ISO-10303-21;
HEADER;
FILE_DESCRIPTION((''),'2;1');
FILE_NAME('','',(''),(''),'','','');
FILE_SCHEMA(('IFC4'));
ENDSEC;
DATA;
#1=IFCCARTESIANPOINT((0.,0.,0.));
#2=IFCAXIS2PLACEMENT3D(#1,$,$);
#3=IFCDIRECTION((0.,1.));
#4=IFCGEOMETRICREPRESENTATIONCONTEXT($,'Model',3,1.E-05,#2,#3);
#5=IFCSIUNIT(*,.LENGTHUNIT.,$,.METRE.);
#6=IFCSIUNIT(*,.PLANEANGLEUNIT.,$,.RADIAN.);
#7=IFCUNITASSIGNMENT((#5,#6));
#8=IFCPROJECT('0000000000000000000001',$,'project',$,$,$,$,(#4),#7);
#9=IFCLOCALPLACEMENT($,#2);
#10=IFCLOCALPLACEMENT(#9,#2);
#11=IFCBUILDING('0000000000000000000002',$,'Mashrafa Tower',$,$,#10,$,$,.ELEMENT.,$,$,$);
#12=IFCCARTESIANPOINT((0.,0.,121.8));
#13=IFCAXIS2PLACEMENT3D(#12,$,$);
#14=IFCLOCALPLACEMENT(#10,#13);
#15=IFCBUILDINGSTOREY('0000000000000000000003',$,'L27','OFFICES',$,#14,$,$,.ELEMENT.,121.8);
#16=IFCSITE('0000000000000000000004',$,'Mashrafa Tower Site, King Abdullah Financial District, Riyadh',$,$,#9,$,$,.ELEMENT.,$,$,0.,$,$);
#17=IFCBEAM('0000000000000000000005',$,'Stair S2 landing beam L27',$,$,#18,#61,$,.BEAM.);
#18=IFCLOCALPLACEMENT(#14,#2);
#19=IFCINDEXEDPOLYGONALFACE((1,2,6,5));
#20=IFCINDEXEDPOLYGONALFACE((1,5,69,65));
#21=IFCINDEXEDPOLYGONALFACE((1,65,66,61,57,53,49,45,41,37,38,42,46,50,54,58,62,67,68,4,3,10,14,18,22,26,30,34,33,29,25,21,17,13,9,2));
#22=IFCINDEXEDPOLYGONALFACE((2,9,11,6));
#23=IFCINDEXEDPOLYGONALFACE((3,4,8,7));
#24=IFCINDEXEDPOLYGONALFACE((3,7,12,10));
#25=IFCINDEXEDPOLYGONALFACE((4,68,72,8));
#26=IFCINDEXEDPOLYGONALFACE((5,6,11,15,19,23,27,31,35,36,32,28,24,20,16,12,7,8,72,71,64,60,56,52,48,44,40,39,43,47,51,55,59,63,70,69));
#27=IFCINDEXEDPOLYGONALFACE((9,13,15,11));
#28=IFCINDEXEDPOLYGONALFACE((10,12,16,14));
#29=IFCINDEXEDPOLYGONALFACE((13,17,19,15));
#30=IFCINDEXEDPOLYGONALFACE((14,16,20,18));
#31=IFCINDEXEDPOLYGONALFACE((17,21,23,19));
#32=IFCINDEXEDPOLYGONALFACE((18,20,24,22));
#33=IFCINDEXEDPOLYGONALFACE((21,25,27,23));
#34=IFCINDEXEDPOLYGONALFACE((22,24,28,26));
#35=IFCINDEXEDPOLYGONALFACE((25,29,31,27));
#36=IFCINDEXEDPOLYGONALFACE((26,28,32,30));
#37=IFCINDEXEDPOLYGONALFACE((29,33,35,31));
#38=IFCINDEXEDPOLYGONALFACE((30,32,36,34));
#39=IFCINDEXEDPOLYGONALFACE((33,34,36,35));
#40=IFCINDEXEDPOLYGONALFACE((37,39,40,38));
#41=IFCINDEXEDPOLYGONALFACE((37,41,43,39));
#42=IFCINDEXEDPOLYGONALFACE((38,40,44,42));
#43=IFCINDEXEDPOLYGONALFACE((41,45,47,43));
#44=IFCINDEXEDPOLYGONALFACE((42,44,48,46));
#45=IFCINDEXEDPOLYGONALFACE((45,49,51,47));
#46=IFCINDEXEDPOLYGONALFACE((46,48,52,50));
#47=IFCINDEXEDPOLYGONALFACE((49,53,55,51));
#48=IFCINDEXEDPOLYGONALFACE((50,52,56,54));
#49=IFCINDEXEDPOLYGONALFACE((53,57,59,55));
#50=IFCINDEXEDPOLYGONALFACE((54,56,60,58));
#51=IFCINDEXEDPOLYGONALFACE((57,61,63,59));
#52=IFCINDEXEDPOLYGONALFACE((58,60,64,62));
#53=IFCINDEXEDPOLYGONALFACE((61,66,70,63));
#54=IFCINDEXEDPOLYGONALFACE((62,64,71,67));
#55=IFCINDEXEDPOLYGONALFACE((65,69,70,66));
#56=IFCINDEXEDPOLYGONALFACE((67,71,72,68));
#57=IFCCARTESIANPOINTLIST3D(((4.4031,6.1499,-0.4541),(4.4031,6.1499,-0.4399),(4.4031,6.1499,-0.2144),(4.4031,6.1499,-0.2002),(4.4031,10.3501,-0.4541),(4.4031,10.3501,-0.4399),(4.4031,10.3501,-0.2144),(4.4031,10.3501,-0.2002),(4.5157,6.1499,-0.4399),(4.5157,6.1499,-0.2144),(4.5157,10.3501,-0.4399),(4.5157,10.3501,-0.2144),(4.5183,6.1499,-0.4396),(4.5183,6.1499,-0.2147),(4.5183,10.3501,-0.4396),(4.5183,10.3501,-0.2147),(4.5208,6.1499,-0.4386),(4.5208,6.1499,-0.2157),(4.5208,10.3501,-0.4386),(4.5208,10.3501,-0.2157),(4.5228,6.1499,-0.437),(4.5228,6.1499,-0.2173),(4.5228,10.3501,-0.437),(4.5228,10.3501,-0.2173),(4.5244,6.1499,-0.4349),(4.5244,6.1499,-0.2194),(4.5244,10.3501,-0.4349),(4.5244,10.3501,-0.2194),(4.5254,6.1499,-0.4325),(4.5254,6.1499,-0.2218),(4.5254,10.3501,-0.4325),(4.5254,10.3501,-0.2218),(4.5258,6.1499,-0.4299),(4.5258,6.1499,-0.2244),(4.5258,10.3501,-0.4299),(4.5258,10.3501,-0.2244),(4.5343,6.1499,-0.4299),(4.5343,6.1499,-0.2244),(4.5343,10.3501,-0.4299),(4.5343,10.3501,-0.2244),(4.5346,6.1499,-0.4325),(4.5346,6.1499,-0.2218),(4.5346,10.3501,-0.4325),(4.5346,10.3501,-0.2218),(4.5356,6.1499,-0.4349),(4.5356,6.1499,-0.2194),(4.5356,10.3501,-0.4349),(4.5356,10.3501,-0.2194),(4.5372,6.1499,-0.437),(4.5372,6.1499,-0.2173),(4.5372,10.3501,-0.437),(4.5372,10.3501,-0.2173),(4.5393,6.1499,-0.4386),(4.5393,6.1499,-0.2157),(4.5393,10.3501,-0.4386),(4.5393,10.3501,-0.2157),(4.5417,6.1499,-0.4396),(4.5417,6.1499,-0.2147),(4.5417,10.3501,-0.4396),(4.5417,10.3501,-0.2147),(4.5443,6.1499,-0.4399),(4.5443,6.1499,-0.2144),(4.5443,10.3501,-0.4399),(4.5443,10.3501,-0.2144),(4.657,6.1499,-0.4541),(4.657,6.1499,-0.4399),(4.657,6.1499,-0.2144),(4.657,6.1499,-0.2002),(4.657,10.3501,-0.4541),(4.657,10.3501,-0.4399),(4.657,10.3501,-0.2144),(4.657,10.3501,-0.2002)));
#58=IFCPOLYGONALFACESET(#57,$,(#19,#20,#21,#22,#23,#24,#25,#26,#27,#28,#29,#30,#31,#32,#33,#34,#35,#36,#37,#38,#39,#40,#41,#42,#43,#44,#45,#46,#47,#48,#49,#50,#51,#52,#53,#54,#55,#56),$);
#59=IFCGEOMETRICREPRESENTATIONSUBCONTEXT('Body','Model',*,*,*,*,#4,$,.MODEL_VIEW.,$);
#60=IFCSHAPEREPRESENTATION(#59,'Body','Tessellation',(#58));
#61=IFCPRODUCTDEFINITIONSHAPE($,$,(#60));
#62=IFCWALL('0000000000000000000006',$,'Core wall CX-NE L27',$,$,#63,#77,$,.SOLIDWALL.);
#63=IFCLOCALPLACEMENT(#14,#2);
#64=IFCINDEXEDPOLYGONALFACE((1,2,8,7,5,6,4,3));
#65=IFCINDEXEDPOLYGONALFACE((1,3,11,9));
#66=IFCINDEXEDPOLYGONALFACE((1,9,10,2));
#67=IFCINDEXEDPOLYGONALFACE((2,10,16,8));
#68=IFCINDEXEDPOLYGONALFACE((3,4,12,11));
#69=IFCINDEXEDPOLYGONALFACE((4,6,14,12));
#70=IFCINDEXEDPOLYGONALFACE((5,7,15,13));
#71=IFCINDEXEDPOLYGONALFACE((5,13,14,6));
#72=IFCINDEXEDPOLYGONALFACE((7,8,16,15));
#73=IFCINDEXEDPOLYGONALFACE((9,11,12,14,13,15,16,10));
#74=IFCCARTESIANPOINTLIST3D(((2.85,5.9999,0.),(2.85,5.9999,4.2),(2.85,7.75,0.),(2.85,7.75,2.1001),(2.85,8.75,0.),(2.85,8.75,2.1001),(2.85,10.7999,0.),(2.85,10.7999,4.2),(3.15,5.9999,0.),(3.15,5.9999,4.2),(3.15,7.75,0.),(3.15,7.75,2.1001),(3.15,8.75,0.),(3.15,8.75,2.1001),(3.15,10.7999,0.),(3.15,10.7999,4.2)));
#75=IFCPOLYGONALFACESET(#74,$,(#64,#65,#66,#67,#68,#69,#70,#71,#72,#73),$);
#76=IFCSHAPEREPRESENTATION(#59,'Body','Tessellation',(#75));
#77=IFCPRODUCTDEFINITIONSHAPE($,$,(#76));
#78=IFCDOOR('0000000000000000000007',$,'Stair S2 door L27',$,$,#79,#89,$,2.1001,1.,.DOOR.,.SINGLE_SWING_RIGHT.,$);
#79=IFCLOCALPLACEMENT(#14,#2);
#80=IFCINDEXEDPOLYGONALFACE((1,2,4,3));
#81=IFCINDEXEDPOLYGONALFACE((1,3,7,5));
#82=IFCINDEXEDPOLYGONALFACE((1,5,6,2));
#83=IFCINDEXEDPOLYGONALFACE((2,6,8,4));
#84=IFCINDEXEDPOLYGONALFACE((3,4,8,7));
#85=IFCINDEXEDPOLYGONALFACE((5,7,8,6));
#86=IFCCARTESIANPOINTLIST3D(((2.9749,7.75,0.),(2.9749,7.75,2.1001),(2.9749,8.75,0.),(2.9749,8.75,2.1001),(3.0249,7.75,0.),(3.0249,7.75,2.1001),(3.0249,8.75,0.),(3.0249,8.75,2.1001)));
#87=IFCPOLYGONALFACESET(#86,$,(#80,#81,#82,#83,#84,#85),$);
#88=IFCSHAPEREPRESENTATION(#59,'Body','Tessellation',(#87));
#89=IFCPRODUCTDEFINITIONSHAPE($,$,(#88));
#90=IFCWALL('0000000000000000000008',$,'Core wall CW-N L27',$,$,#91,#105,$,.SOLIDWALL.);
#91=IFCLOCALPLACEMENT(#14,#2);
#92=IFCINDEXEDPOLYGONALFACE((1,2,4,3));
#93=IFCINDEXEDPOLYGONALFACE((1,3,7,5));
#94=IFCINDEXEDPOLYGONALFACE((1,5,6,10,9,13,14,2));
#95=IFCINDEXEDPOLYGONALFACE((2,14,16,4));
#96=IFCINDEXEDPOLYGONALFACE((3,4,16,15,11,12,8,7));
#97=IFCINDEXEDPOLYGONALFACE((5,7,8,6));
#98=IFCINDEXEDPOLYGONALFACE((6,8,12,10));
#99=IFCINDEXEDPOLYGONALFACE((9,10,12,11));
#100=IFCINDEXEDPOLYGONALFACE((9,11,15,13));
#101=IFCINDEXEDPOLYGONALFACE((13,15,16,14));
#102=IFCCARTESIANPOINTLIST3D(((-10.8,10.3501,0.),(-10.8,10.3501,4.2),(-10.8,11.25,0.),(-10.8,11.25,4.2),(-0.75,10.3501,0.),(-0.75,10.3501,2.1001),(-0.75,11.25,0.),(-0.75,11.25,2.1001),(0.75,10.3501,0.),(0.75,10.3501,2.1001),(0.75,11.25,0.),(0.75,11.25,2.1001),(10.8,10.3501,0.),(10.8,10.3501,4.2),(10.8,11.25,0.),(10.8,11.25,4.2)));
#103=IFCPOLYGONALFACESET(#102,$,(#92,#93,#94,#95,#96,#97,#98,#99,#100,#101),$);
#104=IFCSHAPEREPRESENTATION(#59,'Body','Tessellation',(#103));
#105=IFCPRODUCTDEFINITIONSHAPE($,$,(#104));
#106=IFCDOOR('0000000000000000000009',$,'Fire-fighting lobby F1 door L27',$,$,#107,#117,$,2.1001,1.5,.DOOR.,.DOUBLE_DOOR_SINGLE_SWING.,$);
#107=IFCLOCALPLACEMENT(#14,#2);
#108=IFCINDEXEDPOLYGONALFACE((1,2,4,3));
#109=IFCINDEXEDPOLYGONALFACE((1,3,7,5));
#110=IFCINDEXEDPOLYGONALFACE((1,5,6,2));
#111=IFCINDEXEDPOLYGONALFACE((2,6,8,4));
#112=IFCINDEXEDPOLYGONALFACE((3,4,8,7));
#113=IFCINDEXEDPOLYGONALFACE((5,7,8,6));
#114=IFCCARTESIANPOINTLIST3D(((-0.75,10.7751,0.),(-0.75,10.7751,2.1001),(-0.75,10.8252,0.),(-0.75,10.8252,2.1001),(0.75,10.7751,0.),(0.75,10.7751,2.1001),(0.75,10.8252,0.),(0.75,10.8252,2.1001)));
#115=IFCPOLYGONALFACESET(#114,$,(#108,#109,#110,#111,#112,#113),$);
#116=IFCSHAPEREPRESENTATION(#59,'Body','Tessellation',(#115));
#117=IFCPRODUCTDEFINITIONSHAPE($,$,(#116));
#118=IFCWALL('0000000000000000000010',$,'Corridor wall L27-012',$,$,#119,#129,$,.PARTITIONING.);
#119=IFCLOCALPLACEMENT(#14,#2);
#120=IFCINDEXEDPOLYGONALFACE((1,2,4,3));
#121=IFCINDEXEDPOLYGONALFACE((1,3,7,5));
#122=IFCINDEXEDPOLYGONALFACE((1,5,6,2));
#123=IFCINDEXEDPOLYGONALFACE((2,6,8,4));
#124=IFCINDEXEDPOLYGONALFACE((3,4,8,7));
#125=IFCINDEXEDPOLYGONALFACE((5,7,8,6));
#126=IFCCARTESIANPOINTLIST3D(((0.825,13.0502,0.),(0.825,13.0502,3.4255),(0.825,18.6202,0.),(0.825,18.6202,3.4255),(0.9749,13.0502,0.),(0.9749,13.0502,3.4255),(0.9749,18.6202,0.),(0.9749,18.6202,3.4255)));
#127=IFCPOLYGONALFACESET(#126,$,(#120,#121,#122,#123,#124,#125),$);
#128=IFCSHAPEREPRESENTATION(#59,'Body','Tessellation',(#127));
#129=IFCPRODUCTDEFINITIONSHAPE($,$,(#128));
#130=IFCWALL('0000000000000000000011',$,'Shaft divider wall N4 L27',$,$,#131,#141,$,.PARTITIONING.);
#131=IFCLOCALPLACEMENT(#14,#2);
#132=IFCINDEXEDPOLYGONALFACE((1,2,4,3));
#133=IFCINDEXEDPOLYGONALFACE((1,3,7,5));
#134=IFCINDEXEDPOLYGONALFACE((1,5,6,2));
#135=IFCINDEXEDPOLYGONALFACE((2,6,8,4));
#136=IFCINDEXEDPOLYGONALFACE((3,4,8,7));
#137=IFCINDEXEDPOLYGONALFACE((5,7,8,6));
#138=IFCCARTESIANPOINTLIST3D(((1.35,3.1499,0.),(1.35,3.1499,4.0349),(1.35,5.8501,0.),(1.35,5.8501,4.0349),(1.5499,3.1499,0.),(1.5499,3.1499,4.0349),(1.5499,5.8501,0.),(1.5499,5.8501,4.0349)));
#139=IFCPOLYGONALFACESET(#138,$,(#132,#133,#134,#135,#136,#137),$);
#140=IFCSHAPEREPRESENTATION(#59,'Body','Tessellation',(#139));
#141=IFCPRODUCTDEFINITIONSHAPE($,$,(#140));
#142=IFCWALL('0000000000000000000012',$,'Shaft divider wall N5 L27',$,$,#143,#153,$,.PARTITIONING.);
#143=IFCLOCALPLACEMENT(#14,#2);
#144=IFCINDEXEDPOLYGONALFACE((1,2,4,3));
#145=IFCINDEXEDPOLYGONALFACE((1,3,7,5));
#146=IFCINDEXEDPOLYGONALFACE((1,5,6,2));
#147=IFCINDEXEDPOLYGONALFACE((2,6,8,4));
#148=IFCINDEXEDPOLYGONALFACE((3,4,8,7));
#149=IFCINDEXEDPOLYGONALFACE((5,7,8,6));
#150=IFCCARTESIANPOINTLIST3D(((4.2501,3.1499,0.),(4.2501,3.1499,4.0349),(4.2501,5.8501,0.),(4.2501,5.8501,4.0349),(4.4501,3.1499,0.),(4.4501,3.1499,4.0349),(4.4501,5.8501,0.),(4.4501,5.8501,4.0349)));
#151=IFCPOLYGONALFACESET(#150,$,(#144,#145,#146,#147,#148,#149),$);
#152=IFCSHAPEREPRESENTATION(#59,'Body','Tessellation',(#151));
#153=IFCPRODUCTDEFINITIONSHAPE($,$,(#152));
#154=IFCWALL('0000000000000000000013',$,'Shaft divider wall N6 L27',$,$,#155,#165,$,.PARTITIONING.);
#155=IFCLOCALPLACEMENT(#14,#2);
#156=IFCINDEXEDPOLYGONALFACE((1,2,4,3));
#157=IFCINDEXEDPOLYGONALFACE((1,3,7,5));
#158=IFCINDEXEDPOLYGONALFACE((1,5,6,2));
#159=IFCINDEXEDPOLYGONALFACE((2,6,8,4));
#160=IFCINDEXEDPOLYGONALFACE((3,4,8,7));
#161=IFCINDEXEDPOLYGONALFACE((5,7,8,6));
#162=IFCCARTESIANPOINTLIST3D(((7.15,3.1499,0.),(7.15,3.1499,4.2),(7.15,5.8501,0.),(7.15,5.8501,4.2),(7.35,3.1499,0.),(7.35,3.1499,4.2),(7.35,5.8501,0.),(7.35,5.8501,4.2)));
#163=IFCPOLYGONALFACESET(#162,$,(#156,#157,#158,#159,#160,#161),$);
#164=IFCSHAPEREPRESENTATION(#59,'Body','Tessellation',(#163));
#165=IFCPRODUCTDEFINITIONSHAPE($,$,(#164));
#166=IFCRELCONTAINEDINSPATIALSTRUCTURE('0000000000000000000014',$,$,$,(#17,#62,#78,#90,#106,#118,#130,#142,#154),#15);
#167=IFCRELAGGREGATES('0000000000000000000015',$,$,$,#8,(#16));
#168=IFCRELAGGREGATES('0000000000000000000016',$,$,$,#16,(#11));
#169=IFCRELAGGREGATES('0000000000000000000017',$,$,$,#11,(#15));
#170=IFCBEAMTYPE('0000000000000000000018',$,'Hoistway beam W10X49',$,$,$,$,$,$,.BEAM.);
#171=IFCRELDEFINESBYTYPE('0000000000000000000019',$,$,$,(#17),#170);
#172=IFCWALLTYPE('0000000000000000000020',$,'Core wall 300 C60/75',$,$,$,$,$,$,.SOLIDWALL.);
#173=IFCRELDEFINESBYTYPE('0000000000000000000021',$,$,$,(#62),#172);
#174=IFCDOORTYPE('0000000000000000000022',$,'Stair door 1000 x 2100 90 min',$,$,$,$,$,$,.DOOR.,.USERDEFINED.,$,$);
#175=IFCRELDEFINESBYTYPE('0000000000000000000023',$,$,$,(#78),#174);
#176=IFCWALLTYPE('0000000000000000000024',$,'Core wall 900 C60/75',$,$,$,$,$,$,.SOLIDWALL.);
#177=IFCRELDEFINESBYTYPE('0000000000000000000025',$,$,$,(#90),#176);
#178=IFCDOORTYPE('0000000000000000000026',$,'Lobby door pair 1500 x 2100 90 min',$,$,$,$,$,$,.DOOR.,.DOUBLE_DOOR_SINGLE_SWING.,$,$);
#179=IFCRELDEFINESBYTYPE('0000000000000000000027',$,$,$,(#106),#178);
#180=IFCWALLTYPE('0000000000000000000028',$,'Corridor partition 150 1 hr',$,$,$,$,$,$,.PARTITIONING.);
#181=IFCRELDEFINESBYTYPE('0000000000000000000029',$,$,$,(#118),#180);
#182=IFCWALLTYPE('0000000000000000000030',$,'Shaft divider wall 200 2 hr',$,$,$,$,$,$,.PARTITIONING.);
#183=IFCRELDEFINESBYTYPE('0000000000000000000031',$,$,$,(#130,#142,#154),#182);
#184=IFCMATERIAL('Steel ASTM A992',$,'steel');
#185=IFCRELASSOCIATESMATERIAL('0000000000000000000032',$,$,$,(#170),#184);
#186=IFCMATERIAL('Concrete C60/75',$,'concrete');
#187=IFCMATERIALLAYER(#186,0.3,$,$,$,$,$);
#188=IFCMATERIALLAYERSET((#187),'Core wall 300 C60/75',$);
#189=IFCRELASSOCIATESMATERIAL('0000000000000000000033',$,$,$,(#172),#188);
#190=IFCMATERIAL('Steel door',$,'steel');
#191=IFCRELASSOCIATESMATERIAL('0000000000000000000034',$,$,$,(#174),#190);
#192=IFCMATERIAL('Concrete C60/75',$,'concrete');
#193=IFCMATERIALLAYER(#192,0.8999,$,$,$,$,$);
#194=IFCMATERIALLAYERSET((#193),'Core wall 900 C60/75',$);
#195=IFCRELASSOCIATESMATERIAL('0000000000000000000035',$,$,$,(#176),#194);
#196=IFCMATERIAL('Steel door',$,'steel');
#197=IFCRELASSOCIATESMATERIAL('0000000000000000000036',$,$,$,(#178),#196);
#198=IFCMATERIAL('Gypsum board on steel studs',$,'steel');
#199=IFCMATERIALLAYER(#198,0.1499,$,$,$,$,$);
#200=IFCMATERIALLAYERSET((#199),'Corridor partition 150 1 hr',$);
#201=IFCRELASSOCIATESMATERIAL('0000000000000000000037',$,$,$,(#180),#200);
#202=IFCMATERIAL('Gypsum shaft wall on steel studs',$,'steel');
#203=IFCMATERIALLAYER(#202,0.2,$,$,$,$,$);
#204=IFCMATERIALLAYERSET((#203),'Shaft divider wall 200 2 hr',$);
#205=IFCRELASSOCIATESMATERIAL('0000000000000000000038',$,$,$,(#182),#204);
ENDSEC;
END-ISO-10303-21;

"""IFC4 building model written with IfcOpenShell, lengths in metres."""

from ifc_helpers import new_model, si_unit, direction, frame, frame_2d, origin, origin_2d, place, context, subcontext, project, spatial, rectangle, i_section, extrude, material, layer, layer_set, material_profile, profile_set, type_object, element, fill, save


model = new_model("IFC4")

# Units and contexts
model_context = context("Model", 3, precision=1e-05, world=origin(), true_north=direction((0.0, 1.0)))
body_context = subcontext(model_context, "Body", "Model", "MODEL_VIEW")
ifc_project = project(units=[si_unit("LENGTHUNIT", "METRE"), si_unit("PLANEANGLEUNIT", "RADIAN")], contexts=[model_context])

# Site, building, storey
site_placement = place(None, origin())
site = spatial("IfcSite", under=ifc_project, at=site_placement, Name="Mashrafa Tower Site, King Abdullah Financial District, Riyadh", CompositionType="ELEMENT", RefElevation=0.0)
building_placement = place(site_placement, origin())
building = spatial("IfcBuilding", under=site, at=building_placement, Name="Mashrafa Tower", CompositionType="ELEMENT")
storey_placement = place(building_placement, frame((0.0, 0.0, 121.8)))
storey = spatial("IfcBuildingStorey", under=building, at=storey_placement, Name="L27", Description="OFFICES", CompositionType="ELEMENT", Elevation=121.8)

# Beam
ifc_material_1 = material(Name="Steel ASTM A992", Category="steel")
ifc_material_profile_1 = material_profile(ifc_material_1, i_section(OverallWidth=0.2539, OverallDepth=0.2539, WebThickness=0.0085, FlangeThickness=0.0142, FilletRadius=0.01, at=origin_2d()), Name="W10X49")
ifc_profile_set_1 = profile_set([ifc_material_profile_1], Name="Steel ASTM A992")
beam_type_1 = type_object("IfcBeamType", Name="Hoistway beam W10X49", PredefinedType="BEAM", material=ifc_profile_set_1)
beam_1_placement = place(storey_placement, frame((4.53, 6.1499, -0.3271), z_axis=(0.0, 1.0, 0.0), x_axis=(-1.0, 0.0, 0.0)))
element("IfcBeam", 1, at=beam_1_placement, inside=storey, type_object=beam_type_1, Name="Stair S2 landing beam L27", PredefinedType="BEAM", context=body_context, shape_type="SweptSolid", body=[
    extrude(i_section(OverallWidth=0.2539, OverallDepth=0.2539, WebThickness=0.0085, FlangeThickness=0.0142, FilletRadius=0.01, at=origin_2d()), origin(), (0.0, 0.0, 1.0), 4.2002),
])

# Walls, openings, doors
ifc_material_2 = material(Name="Concrete C60/75", Category="concrete")
ifc_layer_1 = layer(ifc_material_2, 0.3)
ifc_layer_set_1 = layer_set([ifc_layer_1], Name="Core wall 300 C60/75")
wall_type_1 = type_object("IfcWallType", Name="Core wall 300 C60/75", PredefinedType="SOLIDWALL", material=ifc_layer_set_1)
wall_1_placement = place(storey_placement, frame((3.0, 6.0, 0.0), z_axis=(0.0, 0.0, 1.0), x_axis=(0.0, 1.0, 0.0)))
wall_1 = element("IfcWall", 2, at=wall_1_placement, inside=storey, type_object=wall_type_1, Name="Core wall CX-NE L27", PredefinedType="SOLIDWALL", context=body_context, shape_type="SweptSolid", body=[
    extrude(rectangle(XDim=4.8, YDim=0.3, at=frame_2d((2.3999, 0.0))), origin(), (0.0, 0.0, 1.0), 4.2),
])
opening_1_placement = place(wall_1_placement, frame((1.75, 0.0, 0.0)))
opening_1 = element("IfcOpeningElement", 3, at=opening_1_placement, cuts=wall_1, PredefinedType="OPENING", context=body_context, shape_type="SweptSolid", body=[
    extrude(rectangle(XDim=1.0, YDim=2.1001, at=frame_2d((0.5, 1.05))), frame((0.0, 0.1599, 0.0), z_axis=(0.0, -1.0, 0.0), x_axis=(1.0, 0.0, 0.0)), (0.0, 0.0, 1.0), 0.3201),
])
ifc_material_3 = material(Name="Steel door", Category="steel")
door_type_1 = type_object("IfcDoorType", Name="Stair door 1000 x 2100 90 min", OperationType="USERDEFINED", PredefinedType="DOOR", material=ifc_material_3)
door_1_placement = place(opening_1_placement, frame((1.0, 0.0, 0.0), z_axis=(0.0, 0.0, 1.0), x_axis=(-1.0, 0.0, 0.0)))
door_1 = element("IfcDoor", 4, at=door_1_placement, inside=storey, type_object=door_type_1, Name="Stair S2 door L27", OperationType="SINGLE_SWING_RIGHT", OverallHeight=2.1001, OverallWidth=1.0, PredefinedType="DOOR", context=body_context, shape_type="SweptSolid", body=[
    extrude(rectangle(XDim=1.0, YDim=2.1001, at=frame_2d((0.5, 1.05))), frame((0.0, 0.0249, 0.0), z_axis=(0.0, -1.0, 0.0), x_axis=(1.0, 0.0, 0.0)), (0.0, 0.0, 1.0), 0.05),
])
fill(opening_1, door_1)
ifc_material_4 = material(Name="Concrete C60/75", Category="concrete")
ifc_layer_2 = layer(ifc_material_4, 0.8999)
ifc_layer_set_2 = layer_set([ifc_layer_2], Name="Core wall 900 C60/75")
wall_type_2 = type_object("IfcWallType", Name="Core wall 900 C60/75", PredefinedType="SOLIDWALL", material=ifc_layer_set_2)
wall_2_placement = place(storey_placement, frame((10.8, 10.8, 0.0), z_axis=(0.0, 0.0, 1.0), x_axis=(-1.0, 0.0, 0.0)))
wall_2 = element("IfcWall", 5, at=wall_2_placement, inside=storey, type_object=wall_type_2, Name="Core wall CW-N L27", PredefinedType="SOLIDWALL", context=body_context, shape_type="SweptSolid", body=[
    extrude(rectangle(XDim=21.6001, YDim=0.8999, at=frame_2d((10.8, 0.0))), origin(), (0.0, 0.0, 1.0), 4.2),
])
opening_2_placement = place(wall_2_placement, frame((10.05, 0.0, 0.0)))
opening_2 = element("IfcOpeningElement", 6, at=opening_2_placement, cuts=wall_2, PredefinedType="OPENING", context=body_context, shape_type="SweptSolid", body=[
    extrude(rectangle(XDim=1.5, YDim=2.1001, at=frame_2d((0.75, 1.05))), frame((0.0, 0.46, 0.0), z_axis=(0.0, -1.0, 0.0), x_axis=(1.0, 0.0, 0.0)), (0.0, 0.0, 1.0), 0.9199),
])
ifc_material_5 = material(Name="Steel door", Category="steel")
door_type_2 = type_object("IfcDoorType", Name="Lobby door pair 1500 x 2100 90 min", OperationType="DOUBLE_DOOR_SINGLE_SWING", PredefinedType="DOOR", material=ifc_material_5)
door_2_placement = place(opening_2_placement, origin())
door_2 = element("IfcDoor", 7, at=door_2_placement, inside=storey, type_object=door_type_2, Name="Fire-fighting lobby F1 door L27", OperationType="DOUBLE_DOOR_SINGLE_SWING", OverallHeight=2.1001, OverallWidth=1.5, PredefinedType="DOOR", context=body_context, shape_type="SweptSolid", body=[
    extrude(rectangle(XDim=1.5, YDim=2.1001, at=frame_2d((0.75, 1.05))), frame((0.0, 0.0249, 0.0), z_axis=(0.0, -1.0, 0.0), x_axis=(1.0, 0.0, 0.0)), (0.0, 0.0, 1.0), 0.05),
])
fill(opening_2, door_2)

# Walls
ifc_material_6 = material(Name="Gypsum board on steel studs", Category="steel")
ifc_layer_3 = layer(ifc_material_6, 0.1499)
ifc_layer_set_3 = layer_set([ifc_layer_3], Name="Corridor partition 150 1 hr")
wall_type_3 = type_object("IfcWallType", Name="Corridor partition 150 1 hr", PredefinedType="PARTITIONING", material=ifc_layer_set_3)
wall_3_placement = place(storey_placement, frame((0.8999, 13.05, 0.0), z_axis=(0.0, 0.0, 1.0), x_axis=(0.0, 1.0, 0.0)))
element("IfcWall", 8, at=wall_3_placement, inside=storey, type_object=wall_type_3, Name="Corridor wall L27-012", PredefinedType="PARTITIONING", context=body_context, shape_type="SweptSolid", body=[
    extrude(rectangle(XDim=5.5701, YDim=0.1499, at=frame_2d((2.7852, 0.0))), origin(), (0.0, 0.0, 1.0), 3.4255),
])
ifc_material_7 = material(Name="Gypsum shaft wall on steel studs", Category="steel")
ifc_layer_4 = layer(ifc_material_7, 0.2)
ifc_layer_set_4 = layer_set([ifc_layer_4], Name="Shaft divider wall 200 2 hr")
wall_type_4 = type_object("IfcWallType", Name="Shaft divider wall 200 2 hr", PredefinedType="PARTITIONING", material=ifc_layer_set_4)
for number, where, z_axis, x_axis, name in (
    (9, (1.45, 3.1499, 0.0), (0.0, 0.0, 1.0), (0.0, 1.0, 0.0), "Shaft divider wall N4 L27"),
    (10, (4.3501, 3.1499, 0.0), (0.0, 0.0, 1.0), (0.0, 1.0, 0.0), "Shaft divider wall N5 L27"),
):
    element("IfcWall", number, at=place(storey_placement, frame(where, z_axis=z_axis, x_axis=x_axis)), inside=storey, type_object=wall_type_4, Name=name, PredefinedType="PARTITIONING", context=body_context, shape_type="SweptSolid", body=[
        extrude(rectangle(XDim=2.7002, YDim=0.2, at=frame_2d((1.3501, 0.0))), origin(), (0.0, 0.0, 1.0), 4.0349),
    ])
wall_4_placement = place(storey_placement, frame((7.25, 3.1499, 0.0), z_axis=(0.0, 0.0, 1.0), x_axis=(0.0, 1.0, 0.0)))
element("IfcWall", 11, at=wall_4_placement, inside=storey, type_object=wall_type_4, Name="Shaft divider wall N6 L27", PredefinedType="PARTITIONING", context=body_context, shape_type="SweptSolid", body=[
    extrude(rectangle(XDim=2.7002, YDim=0.2, at=frame_2d((1.3501, 0.0))), origin(), (0.0, 0.0, 1.0), 4.2),
])

save(model, "model.ifc")
